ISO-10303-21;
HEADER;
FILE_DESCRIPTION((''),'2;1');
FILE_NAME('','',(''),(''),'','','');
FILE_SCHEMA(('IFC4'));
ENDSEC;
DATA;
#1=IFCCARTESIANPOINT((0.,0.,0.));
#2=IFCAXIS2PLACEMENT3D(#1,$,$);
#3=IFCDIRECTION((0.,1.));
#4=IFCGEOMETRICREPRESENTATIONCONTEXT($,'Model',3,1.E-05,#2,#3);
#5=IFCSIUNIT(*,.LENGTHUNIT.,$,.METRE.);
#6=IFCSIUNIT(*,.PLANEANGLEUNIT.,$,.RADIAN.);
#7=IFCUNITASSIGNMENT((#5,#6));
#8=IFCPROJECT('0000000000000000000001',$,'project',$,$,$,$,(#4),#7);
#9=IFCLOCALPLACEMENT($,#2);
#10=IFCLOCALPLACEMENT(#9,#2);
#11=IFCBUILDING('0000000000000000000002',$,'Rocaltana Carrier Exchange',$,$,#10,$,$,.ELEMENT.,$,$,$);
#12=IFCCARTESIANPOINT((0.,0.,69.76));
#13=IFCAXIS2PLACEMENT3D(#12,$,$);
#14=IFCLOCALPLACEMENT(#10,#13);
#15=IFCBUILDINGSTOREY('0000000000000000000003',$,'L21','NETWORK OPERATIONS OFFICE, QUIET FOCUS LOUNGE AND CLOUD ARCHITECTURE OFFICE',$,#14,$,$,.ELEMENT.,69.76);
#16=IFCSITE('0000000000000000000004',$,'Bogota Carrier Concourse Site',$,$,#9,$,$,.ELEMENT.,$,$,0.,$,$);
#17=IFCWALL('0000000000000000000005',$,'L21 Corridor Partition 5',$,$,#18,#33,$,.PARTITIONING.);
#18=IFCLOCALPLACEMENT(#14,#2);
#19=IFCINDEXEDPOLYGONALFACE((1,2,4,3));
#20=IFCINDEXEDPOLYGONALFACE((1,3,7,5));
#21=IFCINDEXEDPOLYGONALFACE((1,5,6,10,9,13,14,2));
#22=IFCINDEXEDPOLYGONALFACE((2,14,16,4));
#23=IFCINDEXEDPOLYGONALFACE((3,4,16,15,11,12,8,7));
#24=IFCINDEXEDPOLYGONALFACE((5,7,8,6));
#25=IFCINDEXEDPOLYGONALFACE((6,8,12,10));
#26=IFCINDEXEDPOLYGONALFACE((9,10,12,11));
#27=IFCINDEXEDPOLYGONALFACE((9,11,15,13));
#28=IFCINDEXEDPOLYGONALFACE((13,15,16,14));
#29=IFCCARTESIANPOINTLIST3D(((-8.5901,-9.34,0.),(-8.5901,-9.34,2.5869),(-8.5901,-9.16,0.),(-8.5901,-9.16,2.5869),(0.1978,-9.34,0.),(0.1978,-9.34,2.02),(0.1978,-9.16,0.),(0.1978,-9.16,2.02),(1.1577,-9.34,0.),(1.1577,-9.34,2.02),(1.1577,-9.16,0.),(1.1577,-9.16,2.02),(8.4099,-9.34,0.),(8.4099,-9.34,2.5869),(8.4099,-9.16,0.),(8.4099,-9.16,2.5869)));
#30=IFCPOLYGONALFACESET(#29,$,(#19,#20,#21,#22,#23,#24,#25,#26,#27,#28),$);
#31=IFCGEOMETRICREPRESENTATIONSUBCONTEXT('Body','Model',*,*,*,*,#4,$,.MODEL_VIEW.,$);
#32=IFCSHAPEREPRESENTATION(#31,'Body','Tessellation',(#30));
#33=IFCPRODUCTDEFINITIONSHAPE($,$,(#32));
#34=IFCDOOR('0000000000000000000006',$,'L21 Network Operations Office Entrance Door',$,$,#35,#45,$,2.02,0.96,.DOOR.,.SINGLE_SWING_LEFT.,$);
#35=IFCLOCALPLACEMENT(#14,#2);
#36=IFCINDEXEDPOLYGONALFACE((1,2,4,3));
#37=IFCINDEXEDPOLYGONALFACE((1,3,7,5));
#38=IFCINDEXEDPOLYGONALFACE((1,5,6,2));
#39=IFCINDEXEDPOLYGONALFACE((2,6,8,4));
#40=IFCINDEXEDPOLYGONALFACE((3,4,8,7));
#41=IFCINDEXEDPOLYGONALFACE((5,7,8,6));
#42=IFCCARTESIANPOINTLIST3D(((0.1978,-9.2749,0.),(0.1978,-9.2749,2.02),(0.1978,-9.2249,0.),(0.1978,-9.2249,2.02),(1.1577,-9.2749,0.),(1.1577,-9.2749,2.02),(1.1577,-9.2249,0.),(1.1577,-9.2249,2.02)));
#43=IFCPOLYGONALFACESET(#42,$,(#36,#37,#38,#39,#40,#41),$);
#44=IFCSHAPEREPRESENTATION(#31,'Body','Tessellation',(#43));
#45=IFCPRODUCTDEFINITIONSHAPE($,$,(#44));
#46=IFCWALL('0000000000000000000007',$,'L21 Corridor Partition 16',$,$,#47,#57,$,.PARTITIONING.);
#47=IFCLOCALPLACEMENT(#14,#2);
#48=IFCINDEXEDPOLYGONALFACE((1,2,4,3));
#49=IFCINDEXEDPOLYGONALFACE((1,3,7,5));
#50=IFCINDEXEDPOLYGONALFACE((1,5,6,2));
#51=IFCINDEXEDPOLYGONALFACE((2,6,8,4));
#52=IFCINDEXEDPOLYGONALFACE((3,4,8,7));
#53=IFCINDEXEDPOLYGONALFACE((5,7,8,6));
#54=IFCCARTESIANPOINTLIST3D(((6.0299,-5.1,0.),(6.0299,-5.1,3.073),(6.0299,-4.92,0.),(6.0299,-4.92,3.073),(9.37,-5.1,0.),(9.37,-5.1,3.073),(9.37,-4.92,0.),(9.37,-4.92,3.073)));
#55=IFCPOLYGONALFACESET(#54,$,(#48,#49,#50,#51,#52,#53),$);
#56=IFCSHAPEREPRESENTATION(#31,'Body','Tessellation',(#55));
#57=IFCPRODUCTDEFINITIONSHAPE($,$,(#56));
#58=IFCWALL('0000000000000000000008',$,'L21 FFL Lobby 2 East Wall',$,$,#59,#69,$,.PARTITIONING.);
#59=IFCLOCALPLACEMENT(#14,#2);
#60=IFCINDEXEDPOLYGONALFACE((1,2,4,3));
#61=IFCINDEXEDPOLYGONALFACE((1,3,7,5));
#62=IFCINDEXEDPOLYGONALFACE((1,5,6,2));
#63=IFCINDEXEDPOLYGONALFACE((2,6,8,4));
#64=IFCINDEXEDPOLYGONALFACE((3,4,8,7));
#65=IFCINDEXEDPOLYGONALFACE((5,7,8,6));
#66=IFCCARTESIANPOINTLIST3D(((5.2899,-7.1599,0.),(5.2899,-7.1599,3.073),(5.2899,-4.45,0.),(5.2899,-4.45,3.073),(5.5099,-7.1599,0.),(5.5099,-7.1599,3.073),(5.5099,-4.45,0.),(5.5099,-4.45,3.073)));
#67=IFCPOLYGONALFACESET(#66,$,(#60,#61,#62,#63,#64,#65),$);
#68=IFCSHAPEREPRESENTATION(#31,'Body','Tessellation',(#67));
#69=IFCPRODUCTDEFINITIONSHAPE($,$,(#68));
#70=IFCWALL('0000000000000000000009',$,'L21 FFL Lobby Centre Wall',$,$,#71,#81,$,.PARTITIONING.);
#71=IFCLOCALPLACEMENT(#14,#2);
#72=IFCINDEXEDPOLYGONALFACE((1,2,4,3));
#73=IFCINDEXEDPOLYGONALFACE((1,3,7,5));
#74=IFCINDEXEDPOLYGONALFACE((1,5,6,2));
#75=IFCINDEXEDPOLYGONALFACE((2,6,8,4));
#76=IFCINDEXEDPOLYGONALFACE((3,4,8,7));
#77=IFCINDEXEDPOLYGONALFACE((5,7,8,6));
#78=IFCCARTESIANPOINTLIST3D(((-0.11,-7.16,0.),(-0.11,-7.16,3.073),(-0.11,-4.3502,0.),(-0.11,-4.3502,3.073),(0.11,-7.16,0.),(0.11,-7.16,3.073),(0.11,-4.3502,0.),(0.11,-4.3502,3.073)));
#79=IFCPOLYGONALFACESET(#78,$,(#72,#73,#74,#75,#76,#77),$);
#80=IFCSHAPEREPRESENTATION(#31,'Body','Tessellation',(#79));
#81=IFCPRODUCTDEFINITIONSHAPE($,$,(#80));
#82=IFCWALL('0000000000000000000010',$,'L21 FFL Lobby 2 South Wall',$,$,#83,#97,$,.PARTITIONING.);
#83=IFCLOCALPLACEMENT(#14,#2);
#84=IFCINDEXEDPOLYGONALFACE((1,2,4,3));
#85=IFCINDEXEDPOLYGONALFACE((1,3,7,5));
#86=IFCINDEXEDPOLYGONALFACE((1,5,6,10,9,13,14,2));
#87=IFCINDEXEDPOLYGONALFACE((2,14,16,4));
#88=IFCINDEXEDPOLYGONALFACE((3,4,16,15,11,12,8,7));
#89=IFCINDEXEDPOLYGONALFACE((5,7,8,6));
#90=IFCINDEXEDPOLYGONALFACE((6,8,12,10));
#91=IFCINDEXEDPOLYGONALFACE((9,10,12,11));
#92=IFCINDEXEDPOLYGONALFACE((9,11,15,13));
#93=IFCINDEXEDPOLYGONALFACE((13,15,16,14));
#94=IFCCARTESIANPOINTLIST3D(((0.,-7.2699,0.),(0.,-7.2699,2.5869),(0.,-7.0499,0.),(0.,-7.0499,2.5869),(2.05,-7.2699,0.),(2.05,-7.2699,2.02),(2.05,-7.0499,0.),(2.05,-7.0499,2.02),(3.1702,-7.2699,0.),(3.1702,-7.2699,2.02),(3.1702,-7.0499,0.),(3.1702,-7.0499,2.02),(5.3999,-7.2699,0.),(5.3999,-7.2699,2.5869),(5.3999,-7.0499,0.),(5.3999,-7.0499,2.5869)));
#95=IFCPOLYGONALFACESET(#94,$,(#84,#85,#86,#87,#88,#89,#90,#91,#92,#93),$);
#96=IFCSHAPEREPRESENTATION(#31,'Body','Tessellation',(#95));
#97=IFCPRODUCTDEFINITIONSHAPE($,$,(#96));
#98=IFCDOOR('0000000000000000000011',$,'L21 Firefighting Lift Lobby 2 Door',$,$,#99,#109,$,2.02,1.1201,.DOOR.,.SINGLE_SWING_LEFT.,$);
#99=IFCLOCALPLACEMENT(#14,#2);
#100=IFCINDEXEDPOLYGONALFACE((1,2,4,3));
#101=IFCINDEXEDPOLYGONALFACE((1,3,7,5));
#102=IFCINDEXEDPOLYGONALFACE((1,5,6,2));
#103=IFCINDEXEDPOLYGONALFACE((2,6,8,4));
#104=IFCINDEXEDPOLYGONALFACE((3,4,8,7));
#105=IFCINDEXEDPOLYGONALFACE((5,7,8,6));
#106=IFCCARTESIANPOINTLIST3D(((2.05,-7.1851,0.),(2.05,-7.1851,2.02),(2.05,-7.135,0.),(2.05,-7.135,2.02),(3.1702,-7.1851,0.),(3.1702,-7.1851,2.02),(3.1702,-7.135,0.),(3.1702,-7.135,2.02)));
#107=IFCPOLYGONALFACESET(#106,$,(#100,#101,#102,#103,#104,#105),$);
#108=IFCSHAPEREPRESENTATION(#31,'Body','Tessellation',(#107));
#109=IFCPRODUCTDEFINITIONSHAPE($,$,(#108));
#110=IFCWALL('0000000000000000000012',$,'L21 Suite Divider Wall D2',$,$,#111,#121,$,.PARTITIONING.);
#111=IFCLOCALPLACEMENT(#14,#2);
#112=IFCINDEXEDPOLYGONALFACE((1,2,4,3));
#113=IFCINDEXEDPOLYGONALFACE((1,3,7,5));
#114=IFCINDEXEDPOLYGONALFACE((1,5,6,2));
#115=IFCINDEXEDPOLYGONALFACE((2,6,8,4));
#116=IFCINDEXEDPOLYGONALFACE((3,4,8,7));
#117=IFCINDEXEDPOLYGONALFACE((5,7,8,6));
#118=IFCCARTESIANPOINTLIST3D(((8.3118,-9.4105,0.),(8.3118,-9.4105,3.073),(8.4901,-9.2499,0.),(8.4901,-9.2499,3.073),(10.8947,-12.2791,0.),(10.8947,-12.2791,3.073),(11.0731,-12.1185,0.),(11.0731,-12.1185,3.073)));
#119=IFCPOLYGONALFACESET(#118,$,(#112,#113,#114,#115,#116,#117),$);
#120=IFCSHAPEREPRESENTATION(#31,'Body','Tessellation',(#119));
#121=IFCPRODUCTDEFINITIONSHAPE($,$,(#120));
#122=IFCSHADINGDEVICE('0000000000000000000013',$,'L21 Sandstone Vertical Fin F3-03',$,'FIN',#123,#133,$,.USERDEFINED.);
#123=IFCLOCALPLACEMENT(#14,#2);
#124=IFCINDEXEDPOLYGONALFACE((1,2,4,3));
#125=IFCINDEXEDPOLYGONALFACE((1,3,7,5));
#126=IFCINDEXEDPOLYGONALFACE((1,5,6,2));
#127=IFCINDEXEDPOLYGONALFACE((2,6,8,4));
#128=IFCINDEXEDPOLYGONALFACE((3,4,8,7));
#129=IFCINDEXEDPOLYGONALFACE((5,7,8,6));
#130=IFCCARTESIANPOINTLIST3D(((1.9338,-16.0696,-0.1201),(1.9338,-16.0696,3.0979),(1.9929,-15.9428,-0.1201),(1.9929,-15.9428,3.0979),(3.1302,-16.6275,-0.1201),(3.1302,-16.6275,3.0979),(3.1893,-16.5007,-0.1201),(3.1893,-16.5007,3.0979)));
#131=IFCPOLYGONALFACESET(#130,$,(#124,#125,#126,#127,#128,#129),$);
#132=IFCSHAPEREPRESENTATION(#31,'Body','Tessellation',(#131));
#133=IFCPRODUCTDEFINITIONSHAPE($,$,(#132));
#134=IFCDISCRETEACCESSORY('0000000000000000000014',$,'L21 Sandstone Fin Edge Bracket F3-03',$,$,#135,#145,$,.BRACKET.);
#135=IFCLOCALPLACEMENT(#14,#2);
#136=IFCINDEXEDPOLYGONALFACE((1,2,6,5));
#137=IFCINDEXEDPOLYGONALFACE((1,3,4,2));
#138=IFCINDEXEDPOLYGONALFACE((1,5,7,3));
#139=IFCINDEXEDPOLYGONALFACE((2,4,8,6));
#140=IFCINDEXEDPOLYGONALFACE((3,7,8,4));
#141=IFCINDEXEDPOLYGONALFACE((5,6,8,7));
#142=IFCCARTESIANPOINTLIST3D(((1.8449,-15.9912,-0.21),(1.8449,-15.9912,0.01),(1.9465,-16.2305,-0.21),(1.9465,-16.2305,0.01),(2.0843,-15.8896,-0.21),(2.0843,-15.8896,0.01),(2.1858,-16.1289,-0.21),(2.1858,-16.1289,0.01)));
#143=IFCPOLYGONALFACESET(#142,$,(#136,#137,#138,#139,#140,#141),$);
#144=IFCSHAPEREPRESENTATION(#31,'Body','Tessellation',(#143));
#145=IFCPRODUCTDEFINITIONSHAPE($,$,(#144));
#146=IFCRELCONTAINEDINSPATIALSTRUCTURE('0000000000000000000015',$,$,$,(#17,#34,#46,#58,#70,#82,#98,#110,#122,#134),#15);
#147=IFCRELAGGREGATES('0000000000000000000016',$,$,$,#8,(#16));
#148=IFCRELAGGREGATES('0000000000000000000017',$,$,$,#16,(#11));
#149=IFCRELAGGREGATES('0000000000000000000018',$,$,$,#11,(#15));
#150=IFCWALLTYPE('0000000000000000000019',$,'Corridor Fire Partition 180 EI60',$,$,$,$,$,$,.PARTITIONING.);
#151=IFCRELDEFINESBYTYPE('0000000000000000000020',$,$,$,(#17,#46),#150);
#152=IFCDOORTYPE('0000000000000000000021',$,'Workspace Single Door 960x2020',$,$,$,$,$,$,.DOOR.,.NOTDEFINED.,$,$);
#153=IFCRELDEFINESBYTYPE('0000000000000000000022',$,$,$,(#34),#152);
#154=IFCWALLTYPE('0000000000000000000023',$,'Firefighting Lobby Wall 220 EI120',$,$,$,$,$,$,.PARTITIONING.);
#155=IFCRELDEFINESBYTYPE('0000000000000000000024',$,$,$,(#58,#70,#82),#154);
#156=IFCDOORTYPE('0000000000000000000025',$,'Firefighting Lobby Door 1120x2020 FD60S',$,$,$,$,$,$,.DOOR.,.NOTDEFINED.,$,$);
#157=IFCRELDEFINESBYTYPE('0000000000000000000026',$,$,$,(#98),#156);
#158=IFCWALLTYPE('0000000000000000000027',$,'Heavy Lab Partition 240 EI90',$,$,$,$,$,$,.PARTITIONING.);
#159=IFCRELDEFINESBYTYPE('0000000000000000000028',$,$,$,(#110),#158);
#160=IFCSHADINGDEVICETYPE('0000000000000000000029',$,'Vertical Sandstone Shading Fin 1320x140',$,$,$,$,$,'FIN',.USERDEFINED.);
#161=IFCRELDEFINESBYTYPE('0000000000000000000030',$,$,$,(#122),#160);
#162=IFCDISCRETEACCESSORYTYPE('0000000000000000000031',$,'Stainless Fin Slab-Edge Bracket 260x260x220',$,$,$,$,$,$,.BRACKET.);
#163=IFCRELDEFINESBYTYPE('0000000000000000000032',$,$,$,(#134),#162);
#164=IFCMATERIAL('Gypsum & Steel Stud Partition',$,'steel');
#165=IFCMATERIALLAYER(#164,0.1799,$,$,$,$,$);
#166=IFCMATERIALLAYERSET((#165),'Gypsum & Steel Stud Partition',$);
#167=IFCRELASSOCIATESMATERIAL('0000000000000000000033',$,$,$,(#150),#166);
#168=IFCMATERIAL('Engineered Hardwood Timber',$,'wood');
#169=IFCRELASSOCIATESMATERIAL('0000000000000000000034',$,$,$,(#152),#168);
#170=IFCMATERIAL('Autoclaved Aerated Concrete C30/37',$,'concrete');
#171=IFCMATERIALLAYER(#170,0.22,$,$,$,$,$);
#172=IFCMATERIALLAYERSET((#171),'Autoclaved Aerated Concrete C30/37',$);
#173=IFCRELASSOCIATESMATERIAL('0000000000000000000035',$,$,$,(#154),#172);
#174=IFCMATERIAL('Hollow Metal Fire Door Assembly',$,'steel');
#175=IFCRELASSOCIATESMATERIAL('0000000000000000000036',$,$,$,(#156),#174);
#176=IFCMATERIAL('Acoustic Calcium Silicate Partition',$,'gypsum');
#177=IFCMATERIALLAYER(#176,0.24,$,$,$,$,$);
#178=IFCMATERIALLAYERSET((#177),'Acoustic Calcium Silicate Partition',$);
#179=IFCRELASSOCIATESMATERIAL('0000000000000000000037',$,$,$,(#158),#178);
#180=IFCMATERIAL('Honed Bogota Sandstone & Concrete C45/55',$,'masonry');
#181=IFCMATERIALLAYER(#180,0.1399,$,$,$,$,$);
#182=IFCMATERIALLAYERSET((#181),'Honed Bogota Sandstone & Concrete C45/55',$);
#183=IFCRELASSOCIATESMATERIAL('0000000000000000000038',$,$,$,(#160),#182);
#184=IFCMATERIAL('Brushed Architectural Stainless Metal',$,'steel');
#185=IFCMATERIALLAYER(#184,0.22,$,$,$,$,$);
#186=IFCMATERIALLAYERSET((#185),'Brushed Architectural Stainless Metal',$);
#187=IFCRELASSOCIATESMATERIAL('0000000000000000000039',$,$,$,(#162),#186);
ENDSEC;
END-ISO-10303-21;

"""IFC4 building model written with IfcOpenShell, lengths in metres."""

from ifc_helpers import new_model, si_unit, direction, frame, frame_2d, origin, origin_2d, place, context, subcontext, project, spatial, rectangle, extrude, material, layer, layer_set, type_object, element, fill, save


model = new_model("IFC4")

# Units and contexts
model_context = context("Model", 3, precision=1e-05, world=origin(), true_north=direction((0.0, 1.0)))
body_context = subcontext(model_context, "Body", "Model", "MODEL_VIEW")
ifc_project = project(units=[si_unit("LENGTHUNIT", "METRE"), si_unit("PLANEANGLEUNIT", "RADIAN")], contexts=[model_context])

# Site, building, storey
site_placement = place(None, origin())
site = spatial("IfcSite", under=ifc_project, at=site_placement, Name="Bogota Carrier Concourse Site", CompositionType="ELEMENT", RefElevation=0.0)
building_placement = place(site_placement, origin())
building = spatial("IfcBuilding", under=site, at=building_placement, Name="Rocaltana Carrier Exchange", CompositionType="ELEMENT")
storey_placement = place(building_placement, frame((0.0, 0.0, 69.76)))
storey = spatial("IfcBuildingStorey", under=building, at=storey_placement, Name="L21", Description="NETWORK OPERATIONS OFFICE, QUIET FOCUS LOUNGE AND CLOUD ARCHITECTURE OFFICE", CompositionType="ELEMENT", Elevation=69.76)

# Wall, opening, door
ifc_material_1 = material(Name="Gypsum & Steel Stud Partition", Category="steel")
ifc_layer_1 = layer(ifc_material_1, 0.1799)
ifc_layer_set_1 = layer_set([ifc_layer_1], Name="Gypsum & Steel Stud Partition")
wall_type_1 = type_object("IfcWallType", Name="Corridor Fire Partition 180 EI60", PredefinedType="PARTITIONING", material=ifc_layer_set_1)
wall_1_placement = place(storey_placement, frame((8.4099, -9.25, 0.0), z_axis=(0.0, 0.0, 1.0), x_axis=(-1.0, 0.0, 0.0)))
wall_1 = element("IfcWall", 1, at=wall_1_placement, inside=storey, type_object=wall_type_1, Name="L21 Corridor Partition 5", PredefinedType="PARTITIONING", context=body_context, shape_type="SweptSolid", body=[
    extrude(rectangle(XDim=17.0, YDim=0.1799, at=frame_2d((8.5, 0.0))), origin(), (0.0, 0.0, 1.0), 2.5869),
])
opening_1_placement = place(wall_1_placement, frame((7.2522, 0.0, 0.0)))
opening_1 = element("IfcOpeningElement", 2, at=opening_1_placement, cuts=wall_1, PredefinedType="OPENING", context=body_context, shape_type="SweptSolid", body=[
    extrude(rectangle(XDim=0.96, YDim=2.02, at=frame_2d((0.48, 1.01))), frame((0.0, 0.0999, 0.0), z_axis=(0.0, -1.0, 0.0), x_axis=(1.0, 0.0, 0.0)), (0.0, 0.0, 1.0), 0.2),
])
ifc_material_2 = material(Name="Engineered Hardwood Timber", Category="wood")
door_type_1 = type_object("IfcDoorType", Name="Workspace Single Door 960x2020", OperationType="NOTDEFINED", PredefinedType="DOOR", material=ifc_material_2)
door_1_placement = place(opening_1_placement, origin())
door_1 = element("IfcDoor", 3, at=door_1_placement, inside=storey, type_object=door_type_1, Name="L21 Network Operations Office Entrance Door", OperationType="SINGLE_SWING_LEFT", OverallHeight=2.02, OverallWidth=0.96, PredefinedType="DOOR", context=body_context, shape_type="SweptSolid", body=[
    extrude(rectangle(XDim=0.96, YDim=2.02, at=frame_2d((0.48, 1.01))), frame((0.0, 0.0249, 0.0), z_axis=(0.0, -1.0, 0.0), x_axis=(1.0, 0.0, 0.0)), (0.0, 0.0, 1.0), 0.05),
])
fill(opening_1, door_1)

# Walls
wall_2_placement = place(storey_placement, frame((6.03, -5.01, 0.0), z_axis=(0.0, 0.0, 1.0), x_axis=(1.0, 0.0, 0.0)))
element("IfcWall", 4, at=wall_2_placement, inside=storey, type_object=wall_type_1, Name="L21 Corridor Partition 16", PredefinedType="PARTITIONING", context=body_context, shape_type="SweptSolid", body=[
    extrude(rectangle(XDim=3.3401, YDim=0.1799, at=frame_2d((1.6699, 0.0))), origin(), (0.0, 0.0, 1.0), 3.073),
])
ifc_material_3 = material(Name="Autoclaved Aerated Concrete C30/37", Category="concrete")
ifc_layer_2 = layer(ifc_material_3, 0.22)
ifc_layer_set_2 = layer_set([ifc_layer_2], Name="Autoclaved Aerated Concrete C30/37")
wall_type_2 = type_object("IfcWallType", Name="Firefighting Lobby Wall 220 EI120", PredefinedType="PARTITIONING", material=ifc_layer_set_2)
wall_3_placement = place(storey_placement, frame((5.3999, -7.1599, 0.0), z_axis=(0.0, 0.0, 1.0), x_axis=(0.0, 1.0, 0.0)))
element("IfcWall", 5, at=wall_3_placement, inside=storey, type_object=wall_type_2, Name="L21 FFL Lobby 2 East Wall", PredefinedType="PARTITIONING", context=body_context, shape_type="SweptSolid", body=[
    extrude(rectangle(XDim=2.71, YDim=0.22, at=frame_2d((1.355, 0.0))), origin(), (0.0, 0.0, 1.0), 3.073),
])
wall_4_placement = place(storey_placement, frame((0.0, -7.1599, 0.0), z_axis=(0.0, 0.0, 1.0), x_axis=(0.0, 1.0, 0.0)))
element("IfcWall", 6, at=wall_4_placement, inside=storey, type_object=wall_type_2, Name="L21 FFL Lobby Centre Wall", PredefinedType="PARTITIONING", context=body_context, shape_type="SweptSolid", body=[
    extrude(rectangle(XDim=2.8098, YDim=0.22, at=frame_2d((1.4048, 0.0))), origin(), (0.0, 0.0, 1.0), 3.073),
])

# Wall, opening, door
wall_5_placement = place(storey_placement, frame((0.0, -7.1599, 0.0), z_axis=(0.0, 0.0, 1.0), x_axis=(1.0, 0.0, 0.0)))
wall_5 = element("IfcWall", 7, at=wall_5_placement, inside=storey, type_object=wall_type_2, Name="L21 FFL Lobby 2 South Wall", PredefinedType="PARTITIONING", context=body_context, shape_type="SweptSolid", body=[
    extrude(rectangle(XDim=5.3999, YDim=0.22, at=frame_2d((2.7, 0.0))), origin(), (0.0, 0.0, 1.0), 2.5869),
])
opening_2_placement = place(wall_5_placement, frame((2.05, 0.0, 0.0)))
opening_2 = element("IfcOpeningElement", 8, at=opening_2_placement, cuts=wall_5, PredefinedType="OPENING", context=body_context, shape_type="SweptSolid", body=[
    extrude(rectangle(XDim=1.1201, YDim=2.02, at=frame_2d((0.5601, 1.01))), frame((0.0, 0.1199, 0.0), z_axis=(0.0, -1.0, 0.0), x_axis=(1.0, 0.0, 0.0)), (0.0, 0.0, 1.0), 0.24),
])
ifc_material_4 = material(Name="Hollow Metal Fire Door Assembly", Category="steel")
door_type_2 = type_object("IfcDoorType", Name="Firefighting Lobby Door 1120x2020 FD60S", OperationType="NOTDEFINED", PredefinedType="DOOR", material=ifc_material_4)
door_2_placement = place(opening_2_placement, origin())
door_2 = element("IfcDoor", 9, at=door_2_placement, inside=storey, type_object=door_type_2, Name="L21 Firefighting Lift Lobby 2 Door", OperationType="SINGLE_SWING_LEFT", OverallHeight=2.02, OverallWidth=1.1201, PredefinedType="DOOR", context=body_context, shape_type="SweptSolid", body=[
    extrude(rectangle(XDim=1.1201, YDim=2.02, at=frame_2d((0.5601, 1.01))), frame((0.0, 0.0249, 0.0), z_axis=(0.0, -1.0, 0.0), x_axis=(1.0, 0.0, 0.0)), (0.0, 0.0, 1.0), 0.05),
])
fill(opening_2, door_2)

# Wall
ifc_material_5 = material(Name="Acoustic Calcium Silicate Partition", Category="gypsum")
ifc_layer_3 = layer(ifc_material_5, 0.24)
ifc_layer_set_3 = layer_set([ifc_layer_3], Name="Acoustic Calcium Silicate Partition")
wall_type_3 = type_object("IfcWallType", Name="Heavy Lab Partition 240 EI90", PredefinedType="PARTITIONING", material=ifc_layer_set_3)
wall_6_placement = place(storey_placement, frame((8.4009, -9.3301, 0.0), z_axis=(0.0, 0.0, 1.0), x_axis=(0.669139, -0.743137, 0.0)))
element("IfcWall", 10, at=wall_6_placement, inside=storey, type_object=wall_type_3, Name="L21 Suite Divider Wall D2", PredefinedType="PARTITIONING", context=body_context, shape_type="SweptSolid", body=[
    extrude(rectangle(XDim=3.8601, YDim=0.24, at=frame_2d((1.9302, 0.0))), origin(), (0.0, 0.0, 1.0), 3.073),
])

# Shading device
ifc_material_6 = material(Name="Honed Bogota Sandstone & Concrete C45/55", Category="masonry")
ifc_layer_4 = layer(ifc_material_6, 0.1399)
ifc_layer_set_4 = layer_set([ifc_layer_4], Name="Honed Bogota Sandstone & Concrete C45/55")
shading_device_type = type_object("IfcShadingDeviceType", Name="Vertical Sandstone Shading Fin 1320x140", ElementType="FIN", PredefinedType="USERDEFINED", material=ifc_layer_set_4)
shading_device_placement = place(storey_placement, frame((2.5615, -16.2852, -0.1201), z_axis=(0.0, 0.0, 1.0), x_axis=(0.906308, -0.422618, 0.0)))
element("IfcShadingDevice", 11, at=shading_device_placement, inside=storey, type_object=shading_device_type, Name="L21 Sandstone Vertical Fin F3-03", ObjectType="FIN", PredefinedType="USERDEFINED", context=body_context, shape_type="SweptSolid", body=[
    extrude(rectangle(XDim=1.3201, YDim=0.1399, at=origin_2d()), origin(), (0.0, 0.0, 1.0), 3.218),
])

# Discrete accessory
ifc_material_7 = material(Name="Brushed Architectural Stainless Metal", Category="steel")
ifc_layer_5 = layer(ifc_material_7, 0.22)
ifc_layer_set_5 = layer_set([ifc_layer_5], Name="Brushed Architectural Stainless Metal")
discrete_accessory_type = type_object("IfcDiscreteAccessoryType", Name="Stainless Fin Slab-Edge Bracket 260x260x220", PredefinedType="BRACKET", material=ifc_layer_set_5)
discrete_accessory_placement = place(storey_placement, frame((2.0154, -16.0601, -0.21), z_axis=(0.0, 0.0, 1.0), x_axis=(0.920505, 0.390731, 0.0)))
element("IfcDiscreteAccessory", 12, at=discrete_accessory_placement, inside=storey, type_object=discrete_accessory_type, Name="L21 Sandstone Fin Edge Bracket F3-03", PredefinedType="BRACKET", context=body_context, shape_type="SweptSolid", body=[
    extrude(rectangle(XDim=0.26, YDim=0.26, at=origin_2d()), origin(), (0.0, 0.0, 1.0), 0.22),
])

save(model, "model.ifc")
